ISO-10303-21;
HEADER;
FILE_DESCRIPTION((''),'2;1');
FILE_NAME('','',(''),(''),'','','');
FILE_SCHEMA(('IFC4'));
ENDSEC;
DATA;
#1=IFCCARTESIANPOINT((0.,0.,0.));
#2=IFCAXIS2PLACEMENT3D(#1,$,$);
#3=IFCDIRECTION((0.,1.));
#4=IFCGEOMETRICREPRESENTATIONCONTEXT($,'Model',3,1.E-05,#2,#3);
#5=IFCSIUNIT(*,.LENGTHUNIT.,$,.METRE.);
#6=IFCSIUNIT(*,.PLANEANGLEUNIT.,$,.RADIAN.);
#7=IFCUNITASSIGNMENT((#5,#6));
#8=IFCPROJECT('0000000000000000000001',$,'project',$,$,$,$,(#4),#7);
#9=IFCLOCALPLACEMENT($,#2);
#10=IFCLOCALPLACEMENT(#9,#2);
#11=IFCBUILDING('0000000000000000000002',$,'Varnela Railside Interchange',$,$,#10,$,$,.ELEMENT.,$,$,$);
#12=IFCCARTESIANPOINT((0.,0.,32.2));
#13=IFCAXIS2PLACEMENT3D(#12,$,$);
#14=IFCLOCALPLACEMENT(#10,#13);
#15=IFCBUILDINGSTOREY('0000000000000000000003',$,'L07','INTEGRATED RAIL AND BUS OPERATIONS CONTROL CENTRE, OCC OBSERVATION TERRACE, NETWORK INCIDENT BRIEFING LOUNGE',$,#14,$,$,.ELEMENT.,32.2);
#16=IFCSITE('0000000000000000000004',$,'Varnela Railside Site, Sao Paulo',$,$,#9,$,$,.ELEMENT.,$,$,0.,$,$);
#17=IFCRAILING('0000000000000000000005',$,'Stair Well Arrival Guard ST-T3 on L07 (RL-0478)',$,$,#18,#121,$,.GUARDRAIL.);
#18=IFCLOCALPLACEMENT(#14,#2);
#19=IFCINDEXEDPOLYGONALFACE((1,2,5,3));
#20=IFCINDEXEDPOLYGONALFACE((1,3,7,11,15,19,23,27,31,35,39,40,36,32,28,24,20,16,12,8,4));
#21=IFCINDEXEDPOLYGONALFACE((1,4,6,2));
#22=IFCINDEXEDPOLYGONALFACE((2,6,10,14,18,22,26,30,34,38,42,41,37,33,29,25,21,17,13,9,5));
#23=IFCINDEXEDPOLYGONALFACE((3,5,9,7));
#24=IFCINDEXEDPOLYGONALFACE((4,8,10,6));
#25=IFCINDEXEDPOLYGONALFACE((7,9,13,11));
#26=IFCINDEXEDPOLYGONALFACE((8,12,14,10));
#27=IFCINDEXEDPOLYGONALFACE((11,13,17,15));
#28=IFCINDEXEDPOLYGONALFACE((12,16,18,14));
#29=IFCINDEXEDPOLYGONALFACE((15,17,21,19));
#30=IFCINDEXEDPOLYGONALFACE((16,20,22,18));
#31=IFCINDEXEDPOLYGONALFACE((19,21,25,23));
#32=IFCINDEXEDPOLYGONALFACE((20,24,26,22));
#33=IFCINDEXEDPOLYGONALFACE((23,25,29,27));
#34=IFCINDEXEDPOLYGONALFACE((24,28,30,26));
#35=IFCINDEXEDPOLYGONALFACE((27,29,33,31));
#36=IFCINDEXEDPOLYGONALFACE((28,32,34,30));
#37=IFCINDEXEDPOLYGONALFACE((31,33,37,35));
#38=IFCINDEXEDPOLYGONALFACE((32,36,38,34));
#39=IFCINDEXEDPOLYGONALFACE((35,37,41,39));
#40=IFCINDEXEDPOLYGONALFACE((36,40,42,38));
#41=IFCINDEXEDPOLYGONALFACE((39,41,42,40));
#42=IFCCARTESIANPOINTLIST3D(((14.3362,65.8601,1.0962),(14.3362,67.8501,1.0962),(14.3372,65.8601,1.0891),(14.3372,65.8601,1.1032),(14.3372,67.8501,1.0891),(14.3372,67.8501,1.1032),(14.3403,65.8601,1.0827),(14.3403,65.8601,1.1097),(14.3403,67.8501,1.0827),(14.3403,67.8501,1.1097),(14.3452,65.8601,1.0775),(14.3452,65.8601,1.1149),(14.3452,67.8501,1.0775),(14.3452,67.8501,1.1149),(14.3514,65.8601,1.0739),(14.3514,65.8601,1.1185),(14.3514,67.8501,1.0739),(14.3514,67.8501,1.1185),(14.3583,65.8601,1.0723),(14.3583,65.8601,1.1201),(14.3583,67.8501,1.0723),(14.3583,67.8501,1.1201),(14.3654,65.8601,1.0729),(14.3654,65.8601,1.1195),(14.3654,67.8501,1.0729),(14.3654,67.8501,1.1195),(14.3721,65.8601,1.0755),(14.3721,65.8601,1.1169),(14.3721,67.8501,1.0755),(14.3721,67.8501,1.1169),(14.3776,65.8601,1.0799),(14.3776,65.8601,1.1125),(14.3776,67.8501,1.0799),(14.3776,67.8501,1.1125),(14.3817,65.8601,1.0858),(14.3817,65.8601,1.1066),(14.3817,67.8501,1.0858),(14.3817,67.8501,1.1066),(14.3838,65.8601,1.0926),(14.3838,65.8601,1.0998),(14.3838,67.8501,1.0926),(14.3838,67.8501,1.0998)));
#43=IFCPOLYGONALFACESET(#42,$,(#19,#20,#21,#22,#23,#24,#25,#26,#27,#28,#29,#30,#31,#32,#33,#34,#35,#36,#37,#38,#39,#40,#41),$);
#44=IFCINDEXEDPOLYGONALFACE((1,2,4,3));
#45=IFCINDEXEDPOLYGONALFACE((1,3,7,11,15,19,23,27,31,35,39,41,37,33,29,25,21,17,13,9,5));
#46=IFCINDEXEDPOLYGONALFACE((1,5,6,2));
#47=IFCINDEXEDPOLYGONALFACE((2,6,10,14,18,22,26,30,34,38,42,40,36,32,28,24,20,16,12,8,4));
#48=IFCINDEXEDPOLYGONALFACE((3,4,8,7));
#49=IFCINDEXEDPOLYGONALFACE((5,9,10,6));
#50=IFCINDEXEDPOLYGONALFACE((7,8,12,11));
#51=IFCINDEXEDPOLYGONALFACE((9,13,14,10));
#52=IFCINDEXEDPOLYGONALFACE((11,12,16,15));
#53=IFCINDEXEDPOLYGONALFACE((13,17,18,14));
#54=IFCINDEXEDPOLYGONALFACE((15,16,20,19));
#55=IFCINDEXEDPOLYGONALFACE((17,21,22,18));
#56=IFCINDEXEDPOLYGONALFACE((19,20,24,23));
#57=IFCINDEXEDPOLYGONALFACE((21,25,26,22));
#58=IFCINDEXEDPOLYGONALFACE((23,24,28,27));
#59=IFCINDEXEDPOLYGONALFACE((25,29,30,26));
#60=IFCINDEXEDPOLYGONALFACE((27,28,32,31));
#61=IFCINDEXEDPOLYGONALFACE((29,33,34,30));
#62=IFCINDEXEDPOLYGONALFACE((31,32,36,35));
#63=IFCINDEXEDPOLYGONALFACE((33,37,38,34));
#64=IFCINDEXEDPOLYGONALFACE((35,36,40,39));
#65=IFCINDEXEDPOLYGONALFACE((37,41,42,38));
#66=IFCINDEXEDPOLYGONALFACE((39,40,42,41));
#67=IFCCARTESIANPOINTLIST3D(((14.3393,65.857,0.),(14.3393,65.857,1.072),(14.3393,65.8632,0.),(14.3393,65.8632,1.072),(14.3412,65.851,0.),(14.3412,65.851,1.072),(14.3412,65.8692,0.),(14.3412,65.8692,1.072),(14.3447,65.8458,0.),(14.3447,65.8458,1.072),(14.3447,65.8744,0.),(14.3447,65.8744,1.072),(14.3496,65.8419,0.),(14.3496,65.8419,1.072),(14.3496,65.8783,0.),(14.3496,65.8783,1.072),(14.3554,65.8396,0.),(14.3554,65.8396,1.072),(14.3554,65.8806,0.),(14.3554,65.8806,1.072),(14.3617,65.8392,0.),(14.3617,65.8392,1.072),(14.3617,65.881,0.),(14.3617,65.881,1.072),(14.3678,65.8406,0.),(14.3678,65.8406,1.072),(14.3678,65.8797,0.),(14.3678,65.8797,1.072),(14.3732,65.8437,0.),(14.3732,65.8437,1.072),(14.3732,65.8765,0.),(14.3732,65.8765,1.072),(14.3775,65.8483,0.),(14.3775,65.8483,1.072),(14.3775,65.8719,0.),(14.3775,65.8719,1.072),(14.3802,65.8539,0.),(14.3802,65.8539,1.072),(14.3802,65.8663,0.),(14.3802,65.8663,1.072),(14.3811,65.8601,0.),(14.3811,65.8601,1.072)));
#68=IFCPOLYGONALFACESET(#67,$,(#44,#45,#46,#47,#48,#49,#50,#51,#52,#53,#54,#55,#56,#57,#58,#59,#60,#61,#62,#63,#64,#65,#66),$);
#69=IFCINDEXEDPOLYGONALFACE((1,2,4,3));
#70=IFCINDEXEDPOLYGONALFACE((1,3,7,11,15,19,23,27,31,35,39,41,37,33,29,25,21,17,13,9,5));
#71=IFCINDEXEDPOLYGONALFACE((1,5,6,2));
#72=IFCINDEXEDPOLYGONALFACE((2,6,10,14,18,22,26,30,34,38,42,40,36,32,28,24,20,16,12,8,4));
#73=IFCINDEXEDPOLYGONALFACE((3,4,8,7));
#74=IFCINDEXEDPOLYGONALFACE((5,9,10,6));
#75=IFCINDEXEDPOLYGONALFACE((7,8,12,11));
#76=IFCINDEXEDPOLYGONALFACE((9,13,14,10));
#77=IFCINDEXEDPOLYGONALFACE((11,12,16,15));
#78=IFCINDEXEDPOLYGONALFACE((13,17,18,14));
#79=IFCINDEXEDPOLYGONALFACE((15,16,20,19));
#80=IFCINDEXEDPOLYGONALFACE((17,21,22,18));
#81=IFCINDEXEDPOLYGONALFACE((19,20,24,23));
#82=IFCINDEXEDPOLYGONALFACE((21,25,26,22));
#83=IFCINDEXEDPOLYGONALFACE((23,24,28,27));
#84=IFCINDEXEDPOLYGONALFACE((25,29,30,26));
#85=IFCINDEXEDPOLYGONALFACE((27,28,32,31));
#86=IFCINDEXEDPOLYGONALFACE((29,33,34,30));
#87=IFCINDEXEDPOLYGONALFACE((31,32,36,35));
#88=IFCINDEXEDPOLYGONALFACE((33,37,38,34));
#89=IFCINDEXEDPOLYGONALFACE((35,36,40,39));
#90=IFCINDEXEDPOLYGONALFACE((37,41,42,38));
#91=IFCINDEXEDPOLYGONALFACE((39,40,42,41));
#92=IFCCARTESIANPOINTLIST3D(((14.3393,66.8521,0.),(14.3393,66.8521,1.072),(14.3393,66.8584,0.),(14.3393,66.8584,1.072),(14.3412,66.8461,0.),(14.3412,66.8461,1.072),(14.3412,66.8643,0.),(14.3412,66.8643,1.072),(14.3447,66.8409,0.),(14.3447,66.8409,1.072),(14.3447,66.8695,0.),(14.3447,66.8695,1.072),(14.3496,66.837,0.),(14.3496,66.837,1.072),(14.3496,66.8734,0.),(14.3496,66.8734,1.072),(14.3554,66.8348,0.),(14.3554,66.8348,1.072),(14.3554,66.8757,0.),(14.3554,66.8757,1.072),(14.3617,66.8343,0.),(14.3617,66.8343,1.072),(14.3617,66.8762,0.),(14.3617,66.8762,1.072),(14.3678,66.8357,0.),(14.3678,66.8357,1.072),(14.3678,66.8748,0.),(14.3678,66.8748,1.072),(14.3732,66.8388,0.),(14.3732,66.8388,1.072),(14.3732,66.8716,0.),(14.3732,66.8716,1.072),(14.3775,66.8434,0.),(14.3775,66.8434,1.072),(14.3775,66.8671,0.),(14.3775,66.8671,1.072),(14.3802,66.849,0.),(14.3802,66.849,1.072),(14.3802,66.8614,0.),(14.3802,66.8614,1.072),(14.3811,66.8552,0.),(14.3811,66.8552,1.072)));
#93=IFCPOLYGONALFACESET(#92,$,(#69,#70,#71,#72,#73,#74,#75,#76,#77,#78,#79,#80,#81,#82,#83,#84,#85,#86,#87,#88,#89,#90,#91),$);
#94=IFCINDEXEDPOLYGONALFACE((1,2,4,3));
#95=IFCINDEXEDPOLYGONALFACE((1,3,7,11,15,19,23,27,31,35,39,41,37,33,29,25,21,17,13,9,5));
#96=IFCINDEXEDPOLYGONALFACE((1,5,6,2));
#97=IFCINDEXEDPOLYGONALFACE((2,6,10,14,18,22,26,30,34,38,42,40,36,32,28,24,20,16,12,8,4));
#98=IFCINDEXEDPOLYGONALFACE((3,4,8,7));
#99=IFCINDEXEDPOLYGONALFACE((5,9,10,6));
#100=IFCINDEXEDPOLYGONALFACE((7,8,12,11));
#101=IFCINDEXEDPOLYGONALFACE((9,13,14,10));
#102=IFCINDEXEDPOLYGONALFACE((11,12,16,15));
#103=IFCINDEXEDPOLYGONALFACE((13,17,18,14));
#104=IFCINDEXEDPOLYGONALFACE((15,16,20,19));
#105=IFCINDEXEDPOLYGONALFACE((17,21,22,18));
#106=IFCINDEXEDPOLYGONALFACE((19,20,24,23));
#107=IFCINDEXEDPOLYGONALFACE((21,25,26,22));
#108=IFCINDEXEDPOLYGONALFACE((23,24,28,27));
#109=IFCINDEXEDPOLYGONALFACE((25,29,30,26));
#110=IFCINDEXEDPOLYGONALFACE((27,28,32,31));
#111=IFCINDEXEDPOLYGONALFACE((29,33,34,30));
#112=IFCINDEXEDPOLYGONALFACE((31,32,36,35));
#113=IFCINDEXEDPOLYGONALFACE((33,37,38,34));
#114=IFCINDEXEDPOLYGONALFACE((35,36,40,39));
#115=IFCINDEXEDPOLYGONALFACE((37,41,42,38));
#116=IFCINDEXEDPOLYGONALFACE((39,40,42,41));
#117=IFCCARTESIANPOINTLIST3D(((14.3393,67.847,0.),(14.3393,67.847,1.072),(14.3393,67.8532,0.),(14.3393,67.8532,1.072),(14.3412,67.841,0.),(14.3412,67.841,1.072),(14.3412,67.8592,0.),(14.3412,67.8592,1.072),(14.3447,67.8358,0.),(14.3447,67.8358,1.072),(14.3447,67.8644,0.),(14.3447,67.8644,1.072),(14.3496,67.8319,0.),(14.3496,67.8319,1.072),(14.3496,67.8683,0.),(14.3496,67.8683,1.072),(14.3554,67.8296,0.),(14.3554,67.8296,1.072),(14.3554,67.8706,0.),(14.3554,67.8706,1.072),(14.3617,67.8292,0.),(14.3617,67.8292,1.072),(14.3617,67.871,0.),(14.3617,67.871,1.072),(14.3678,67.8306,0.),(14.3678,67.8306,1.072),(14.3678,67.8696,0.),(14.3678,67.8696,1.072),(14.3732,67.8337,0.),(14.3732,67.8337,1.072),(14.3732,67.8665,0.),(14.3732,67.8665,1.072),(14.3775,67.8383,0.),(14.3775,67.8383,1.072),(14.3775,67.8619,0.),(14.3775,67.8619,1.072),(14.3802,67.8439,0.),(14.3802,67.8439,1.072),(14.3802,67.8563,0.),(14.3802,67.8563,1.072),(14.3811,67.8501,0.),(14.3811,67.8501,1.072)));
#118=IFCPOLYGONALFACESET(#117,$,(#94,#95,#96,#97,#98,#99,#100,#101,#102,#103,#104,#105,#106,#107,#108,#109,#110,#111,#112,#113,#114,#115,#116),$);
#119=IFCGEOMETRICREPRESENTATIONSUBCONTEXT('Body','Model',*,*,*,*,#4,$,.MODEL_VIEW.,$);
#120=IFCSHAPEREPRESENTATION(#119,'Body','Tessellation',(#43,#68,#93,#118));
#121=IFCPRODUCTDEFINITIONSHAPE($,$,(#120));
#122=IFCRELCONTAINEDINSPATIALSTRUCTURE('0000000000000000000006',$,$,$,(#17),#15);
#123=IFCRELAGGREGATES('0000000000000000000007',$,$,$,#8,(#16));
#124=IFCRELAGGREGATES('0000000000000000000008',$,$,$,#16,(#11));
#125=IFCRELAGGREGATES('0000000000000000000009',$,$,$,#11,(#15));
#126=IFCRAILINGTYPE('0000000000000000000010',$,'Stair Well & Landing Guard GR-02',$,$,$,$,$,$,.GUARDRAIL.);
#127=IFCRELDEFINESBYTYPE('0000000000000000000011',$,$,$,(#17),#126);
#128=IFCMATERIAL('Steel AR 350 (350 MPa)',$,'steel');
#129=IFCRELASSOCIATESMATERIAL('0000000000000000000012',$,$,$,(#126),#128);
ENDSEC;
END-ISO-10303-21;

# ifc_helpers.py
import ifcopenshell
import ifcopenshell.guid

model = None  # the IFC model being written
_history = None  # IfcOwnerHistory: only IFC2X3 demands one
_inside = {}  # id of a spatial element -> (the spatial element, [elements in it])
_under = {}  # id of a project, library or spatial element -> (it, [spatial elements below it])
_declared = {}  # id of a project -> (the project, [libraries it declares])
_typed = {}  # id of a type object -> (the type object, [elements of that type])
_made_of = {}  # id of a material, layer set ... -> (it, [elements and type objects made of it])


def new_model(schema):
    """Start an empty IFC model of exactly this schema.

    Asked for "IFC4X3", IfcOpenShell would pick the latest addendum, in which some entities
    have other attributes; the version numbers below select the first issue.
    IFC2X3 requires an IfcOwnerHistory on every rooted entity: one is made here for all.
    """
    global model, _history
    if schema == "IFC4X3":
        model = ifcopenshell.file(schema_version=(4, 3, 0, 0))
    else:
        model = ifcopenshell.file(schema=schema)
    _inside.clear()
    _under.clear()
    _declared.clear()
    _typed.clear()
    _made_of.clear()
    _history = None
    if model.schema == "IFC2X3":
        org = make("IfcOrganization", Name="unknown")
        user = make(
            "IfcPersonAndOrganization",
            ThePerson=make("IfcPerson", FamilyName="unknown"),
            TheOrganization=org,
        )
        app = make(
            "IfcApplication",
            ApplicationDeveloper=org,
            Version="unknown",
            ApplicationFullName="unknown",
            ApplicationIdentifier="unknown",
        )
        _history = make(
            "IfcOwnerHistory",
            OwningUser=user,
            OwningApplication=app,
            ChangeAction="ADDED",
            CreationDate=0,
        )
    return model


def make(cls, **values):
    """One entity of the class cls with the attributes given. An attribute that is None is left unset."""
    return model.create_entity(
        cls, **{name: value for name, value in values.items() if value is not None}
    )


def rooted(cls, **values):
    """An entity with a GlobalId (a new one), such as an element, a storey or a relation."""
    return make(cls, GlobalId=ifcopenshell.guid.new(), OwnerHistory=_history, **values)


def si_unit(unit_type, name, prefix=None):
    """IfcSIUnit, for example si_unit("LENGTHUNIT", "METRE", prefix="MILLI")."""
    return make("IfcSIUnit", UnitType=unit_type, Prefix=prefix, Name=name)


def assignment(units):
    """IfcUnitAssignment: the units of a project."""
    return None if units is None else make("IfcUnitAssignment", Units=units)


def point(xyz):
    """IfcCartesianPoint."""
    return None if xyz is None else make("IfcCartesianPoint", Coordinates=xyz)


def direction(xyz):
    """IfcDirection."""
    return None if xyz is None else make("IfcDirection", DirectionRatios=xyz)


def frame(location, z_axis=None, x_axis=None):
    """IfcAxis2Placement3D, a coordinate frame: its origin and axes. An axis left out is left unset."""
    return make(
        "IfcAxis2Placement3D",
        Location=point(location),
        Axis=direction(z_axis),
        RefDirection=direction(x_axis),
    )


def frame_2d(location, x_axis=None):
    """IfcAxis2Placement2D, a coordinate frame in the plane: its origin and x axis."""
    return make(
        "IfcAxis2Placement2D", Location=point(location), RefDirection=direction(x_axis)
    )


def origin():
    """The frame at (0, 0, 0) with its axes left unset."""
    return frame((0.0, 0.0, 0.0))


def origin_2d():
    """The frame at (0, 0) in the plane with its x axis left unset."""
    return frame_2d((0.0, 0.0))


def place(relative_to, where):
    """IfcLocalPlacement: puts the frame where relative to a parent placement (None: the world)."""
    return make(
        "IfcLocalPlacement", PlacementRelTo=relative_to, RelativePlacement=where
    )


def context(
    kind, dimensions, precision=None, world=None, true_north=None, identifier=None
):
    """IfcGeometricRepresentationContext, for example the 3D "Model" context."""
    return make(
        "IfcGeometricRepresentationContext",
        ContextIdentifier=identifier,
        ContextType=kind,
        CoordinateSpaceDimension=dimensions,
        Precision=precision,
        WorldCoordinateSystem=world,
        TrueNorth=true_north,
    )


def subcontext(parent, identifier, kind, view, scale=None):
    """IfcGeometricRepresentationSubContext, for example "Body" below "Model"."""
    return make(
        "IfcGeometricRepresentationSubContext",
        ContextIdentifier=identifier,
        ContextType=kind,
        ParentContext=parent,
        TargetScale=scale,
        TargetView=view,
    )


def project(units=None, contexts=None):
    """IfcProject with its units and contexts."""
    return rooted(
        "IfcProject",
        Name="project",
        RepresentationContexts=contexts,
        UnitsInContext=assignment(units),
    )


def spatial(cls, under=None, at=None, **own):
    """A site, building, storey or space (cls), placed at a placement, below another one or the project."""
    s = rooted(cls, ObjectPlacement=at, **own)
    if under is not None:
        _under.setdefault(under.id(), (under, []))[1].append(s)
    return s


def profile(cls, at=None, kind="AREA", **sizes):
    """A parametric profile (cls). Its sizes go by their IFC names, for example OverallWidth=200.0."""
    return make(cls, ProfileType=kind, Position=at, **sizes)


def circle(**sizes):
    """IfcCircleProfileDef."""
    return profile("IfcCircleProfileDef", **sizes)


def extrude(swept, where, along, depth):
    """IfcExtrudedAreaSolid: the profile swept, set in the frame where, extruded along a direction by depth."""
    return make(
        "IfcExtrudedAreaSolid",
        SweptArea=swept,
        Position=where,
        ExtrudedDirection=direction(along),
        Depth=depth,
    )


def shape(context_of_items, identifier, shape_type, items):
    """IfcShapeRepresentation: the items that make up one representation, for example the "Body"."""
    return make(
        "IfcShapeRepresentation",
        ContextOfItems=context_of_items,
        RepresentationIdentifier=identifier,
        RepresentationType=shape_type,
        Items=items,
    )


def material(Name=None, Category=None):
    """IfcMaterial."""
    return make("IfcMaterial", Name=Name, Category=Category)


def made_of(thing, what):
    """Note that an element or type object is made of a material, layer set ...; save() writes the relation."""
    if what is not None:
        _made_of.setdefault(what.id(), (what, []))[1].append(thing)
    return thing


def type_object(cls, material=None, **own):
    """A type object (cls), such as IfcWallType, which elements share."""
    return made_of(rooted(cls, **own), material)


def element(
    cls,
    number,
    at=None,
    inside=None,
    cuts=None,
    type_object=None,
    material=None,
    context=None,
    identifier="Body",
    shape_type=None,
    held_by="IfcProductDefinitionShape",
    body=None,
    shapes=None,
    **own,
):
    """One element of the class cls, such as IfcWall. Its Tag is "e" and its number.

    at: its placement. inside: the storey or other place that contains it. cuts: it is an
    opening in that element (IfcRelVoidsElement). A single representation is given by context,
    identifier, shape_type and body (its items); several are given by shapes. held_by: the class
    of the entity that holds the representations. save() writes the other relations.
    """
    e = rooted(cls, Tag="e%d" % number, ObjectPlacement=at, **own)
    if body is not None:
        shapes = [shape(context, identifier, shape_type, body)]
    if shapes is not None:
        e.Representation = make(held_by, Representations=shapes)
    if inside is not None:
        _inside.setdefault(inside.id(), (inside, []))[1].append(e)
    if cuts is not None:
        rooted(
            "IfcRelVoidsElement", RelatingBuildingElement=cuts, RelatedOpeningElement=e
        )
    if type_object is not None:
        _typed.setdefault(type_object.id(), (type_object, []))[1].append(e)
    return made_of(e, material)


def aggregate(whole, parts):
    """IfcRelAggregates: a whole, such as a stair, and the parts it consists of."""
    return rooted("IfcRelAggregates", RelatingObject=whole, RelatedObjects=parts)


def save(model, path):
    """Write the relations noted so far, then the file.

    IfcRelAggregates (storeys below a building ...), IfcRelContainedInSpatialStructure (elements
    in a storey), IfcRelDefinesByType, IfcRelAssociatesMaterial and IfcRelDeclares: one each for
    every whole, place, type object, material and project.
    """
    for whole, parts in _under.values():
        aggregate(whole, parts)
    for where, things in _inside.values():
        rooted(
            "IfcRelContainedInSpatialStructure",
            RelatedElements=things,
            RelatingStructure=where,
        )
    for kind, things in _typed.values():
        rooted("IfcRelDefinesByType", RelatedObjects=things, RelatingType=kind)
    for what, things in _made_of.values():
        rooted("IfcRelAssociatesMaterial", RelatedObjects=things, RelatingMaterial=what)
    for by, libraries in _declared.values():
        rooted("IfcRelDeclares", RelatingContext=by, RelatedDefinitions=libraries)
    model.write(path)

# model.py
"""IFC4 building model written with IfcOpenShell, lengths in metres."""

from ifc_helpers import new_model, si_unit, direction, frame, origin, origin_2d, place, context, subcontext, project, spatial, circle, extrude, material, type_object, element, save


model = new_model("IFC4")

# Units and contexts
model_context = context("Model", 3, precision=1e-05, world=origin(), true_north=direction((0.0, 1.0)))
body_context = subcontext(model_context, "Body", "Model", "MODEL_VIEW")
ifc_project = project(units=[si_unit("LENGTHUNIT", "METRE"), si_unit("PLANEANGLEUNIT", "RADIAN")], contexts=[model_context])

# Site, building, storey
site_placement = place(None, origin())
site = spatial("IfcSite", under=ifc_project, at=site_placement, Name="Varnela Railside Site, Sao Paulo", CompositionType="ELEMENT", RefElevation=0.0)
building_placement = place(site_placement, origin())
building = spatial("IfcBuilding", under=site, at=building_placement, Name="Varnela Railside Interchange", CompositionType="ELEMENT")
storey_placement = place(building_placement, frame((0.0, 0.0, 32.2)))
storey = spatial("IfcBuildingStorey", under=building, at=storey_placement, Name="L07", Description="INTEGRATED RAIL AND BUS OPERATIONS CONTROL CENTRE, OCC OBSERVATION TERRACE, NETWORK INCIDENT BRIEFING LOUNGE", CompositionType="ELEMENT", Elevation=32.2)

# Shared definitions
ifc_material_1 = material(Name="Steel AR 350 (350 MPa)", Category="steel")

# Railing
railing_type = type_object("IfcRailingType", Name="Stair Well & Landing Guard GR-02", PredefinedType="GUARDRAIL", material=ifc_material_1)
railing_placement = place(storey_placement, frame((14.3601, 65.8601, 0.0)))
element("IfcRailing", 1, at=railing_placement, inside=storey, type_object=railing_type, Name="Stair Well Arrival Guard ST-T3 on L07 (RL-0478)", PredefinedType="GUARDRAIL", context=body_context, shape_type="SweptSolid", body=[
    extrude(circle(Radius=0.0239, at=origin_2d()), frame((0.0, 0.0, 1.0962), z_axis=(0.0, 1.0, 0.0), x_axis=(-1.0, 0.0, 0.0)), (0.0, 0.0, 1.0), 1.99),
    extrude(circle(Radius=0.021, at=origin_2d()), origin(), (0.0, 0.0, 1.0), 1.072),
    extrude(circle(Radius=0.021, at=origin_2d()), frame((0.0, 0.9951, 0.0)), (0.0, 0.0, 1.0), 1.072),
    extrude(circle(Radius=0.021, at=origin_2d()), frame((0.0, 1.99, 0.0)), (0.0, 0.0, 1.0), 1.072),
])

save(model, "model.ifc")
